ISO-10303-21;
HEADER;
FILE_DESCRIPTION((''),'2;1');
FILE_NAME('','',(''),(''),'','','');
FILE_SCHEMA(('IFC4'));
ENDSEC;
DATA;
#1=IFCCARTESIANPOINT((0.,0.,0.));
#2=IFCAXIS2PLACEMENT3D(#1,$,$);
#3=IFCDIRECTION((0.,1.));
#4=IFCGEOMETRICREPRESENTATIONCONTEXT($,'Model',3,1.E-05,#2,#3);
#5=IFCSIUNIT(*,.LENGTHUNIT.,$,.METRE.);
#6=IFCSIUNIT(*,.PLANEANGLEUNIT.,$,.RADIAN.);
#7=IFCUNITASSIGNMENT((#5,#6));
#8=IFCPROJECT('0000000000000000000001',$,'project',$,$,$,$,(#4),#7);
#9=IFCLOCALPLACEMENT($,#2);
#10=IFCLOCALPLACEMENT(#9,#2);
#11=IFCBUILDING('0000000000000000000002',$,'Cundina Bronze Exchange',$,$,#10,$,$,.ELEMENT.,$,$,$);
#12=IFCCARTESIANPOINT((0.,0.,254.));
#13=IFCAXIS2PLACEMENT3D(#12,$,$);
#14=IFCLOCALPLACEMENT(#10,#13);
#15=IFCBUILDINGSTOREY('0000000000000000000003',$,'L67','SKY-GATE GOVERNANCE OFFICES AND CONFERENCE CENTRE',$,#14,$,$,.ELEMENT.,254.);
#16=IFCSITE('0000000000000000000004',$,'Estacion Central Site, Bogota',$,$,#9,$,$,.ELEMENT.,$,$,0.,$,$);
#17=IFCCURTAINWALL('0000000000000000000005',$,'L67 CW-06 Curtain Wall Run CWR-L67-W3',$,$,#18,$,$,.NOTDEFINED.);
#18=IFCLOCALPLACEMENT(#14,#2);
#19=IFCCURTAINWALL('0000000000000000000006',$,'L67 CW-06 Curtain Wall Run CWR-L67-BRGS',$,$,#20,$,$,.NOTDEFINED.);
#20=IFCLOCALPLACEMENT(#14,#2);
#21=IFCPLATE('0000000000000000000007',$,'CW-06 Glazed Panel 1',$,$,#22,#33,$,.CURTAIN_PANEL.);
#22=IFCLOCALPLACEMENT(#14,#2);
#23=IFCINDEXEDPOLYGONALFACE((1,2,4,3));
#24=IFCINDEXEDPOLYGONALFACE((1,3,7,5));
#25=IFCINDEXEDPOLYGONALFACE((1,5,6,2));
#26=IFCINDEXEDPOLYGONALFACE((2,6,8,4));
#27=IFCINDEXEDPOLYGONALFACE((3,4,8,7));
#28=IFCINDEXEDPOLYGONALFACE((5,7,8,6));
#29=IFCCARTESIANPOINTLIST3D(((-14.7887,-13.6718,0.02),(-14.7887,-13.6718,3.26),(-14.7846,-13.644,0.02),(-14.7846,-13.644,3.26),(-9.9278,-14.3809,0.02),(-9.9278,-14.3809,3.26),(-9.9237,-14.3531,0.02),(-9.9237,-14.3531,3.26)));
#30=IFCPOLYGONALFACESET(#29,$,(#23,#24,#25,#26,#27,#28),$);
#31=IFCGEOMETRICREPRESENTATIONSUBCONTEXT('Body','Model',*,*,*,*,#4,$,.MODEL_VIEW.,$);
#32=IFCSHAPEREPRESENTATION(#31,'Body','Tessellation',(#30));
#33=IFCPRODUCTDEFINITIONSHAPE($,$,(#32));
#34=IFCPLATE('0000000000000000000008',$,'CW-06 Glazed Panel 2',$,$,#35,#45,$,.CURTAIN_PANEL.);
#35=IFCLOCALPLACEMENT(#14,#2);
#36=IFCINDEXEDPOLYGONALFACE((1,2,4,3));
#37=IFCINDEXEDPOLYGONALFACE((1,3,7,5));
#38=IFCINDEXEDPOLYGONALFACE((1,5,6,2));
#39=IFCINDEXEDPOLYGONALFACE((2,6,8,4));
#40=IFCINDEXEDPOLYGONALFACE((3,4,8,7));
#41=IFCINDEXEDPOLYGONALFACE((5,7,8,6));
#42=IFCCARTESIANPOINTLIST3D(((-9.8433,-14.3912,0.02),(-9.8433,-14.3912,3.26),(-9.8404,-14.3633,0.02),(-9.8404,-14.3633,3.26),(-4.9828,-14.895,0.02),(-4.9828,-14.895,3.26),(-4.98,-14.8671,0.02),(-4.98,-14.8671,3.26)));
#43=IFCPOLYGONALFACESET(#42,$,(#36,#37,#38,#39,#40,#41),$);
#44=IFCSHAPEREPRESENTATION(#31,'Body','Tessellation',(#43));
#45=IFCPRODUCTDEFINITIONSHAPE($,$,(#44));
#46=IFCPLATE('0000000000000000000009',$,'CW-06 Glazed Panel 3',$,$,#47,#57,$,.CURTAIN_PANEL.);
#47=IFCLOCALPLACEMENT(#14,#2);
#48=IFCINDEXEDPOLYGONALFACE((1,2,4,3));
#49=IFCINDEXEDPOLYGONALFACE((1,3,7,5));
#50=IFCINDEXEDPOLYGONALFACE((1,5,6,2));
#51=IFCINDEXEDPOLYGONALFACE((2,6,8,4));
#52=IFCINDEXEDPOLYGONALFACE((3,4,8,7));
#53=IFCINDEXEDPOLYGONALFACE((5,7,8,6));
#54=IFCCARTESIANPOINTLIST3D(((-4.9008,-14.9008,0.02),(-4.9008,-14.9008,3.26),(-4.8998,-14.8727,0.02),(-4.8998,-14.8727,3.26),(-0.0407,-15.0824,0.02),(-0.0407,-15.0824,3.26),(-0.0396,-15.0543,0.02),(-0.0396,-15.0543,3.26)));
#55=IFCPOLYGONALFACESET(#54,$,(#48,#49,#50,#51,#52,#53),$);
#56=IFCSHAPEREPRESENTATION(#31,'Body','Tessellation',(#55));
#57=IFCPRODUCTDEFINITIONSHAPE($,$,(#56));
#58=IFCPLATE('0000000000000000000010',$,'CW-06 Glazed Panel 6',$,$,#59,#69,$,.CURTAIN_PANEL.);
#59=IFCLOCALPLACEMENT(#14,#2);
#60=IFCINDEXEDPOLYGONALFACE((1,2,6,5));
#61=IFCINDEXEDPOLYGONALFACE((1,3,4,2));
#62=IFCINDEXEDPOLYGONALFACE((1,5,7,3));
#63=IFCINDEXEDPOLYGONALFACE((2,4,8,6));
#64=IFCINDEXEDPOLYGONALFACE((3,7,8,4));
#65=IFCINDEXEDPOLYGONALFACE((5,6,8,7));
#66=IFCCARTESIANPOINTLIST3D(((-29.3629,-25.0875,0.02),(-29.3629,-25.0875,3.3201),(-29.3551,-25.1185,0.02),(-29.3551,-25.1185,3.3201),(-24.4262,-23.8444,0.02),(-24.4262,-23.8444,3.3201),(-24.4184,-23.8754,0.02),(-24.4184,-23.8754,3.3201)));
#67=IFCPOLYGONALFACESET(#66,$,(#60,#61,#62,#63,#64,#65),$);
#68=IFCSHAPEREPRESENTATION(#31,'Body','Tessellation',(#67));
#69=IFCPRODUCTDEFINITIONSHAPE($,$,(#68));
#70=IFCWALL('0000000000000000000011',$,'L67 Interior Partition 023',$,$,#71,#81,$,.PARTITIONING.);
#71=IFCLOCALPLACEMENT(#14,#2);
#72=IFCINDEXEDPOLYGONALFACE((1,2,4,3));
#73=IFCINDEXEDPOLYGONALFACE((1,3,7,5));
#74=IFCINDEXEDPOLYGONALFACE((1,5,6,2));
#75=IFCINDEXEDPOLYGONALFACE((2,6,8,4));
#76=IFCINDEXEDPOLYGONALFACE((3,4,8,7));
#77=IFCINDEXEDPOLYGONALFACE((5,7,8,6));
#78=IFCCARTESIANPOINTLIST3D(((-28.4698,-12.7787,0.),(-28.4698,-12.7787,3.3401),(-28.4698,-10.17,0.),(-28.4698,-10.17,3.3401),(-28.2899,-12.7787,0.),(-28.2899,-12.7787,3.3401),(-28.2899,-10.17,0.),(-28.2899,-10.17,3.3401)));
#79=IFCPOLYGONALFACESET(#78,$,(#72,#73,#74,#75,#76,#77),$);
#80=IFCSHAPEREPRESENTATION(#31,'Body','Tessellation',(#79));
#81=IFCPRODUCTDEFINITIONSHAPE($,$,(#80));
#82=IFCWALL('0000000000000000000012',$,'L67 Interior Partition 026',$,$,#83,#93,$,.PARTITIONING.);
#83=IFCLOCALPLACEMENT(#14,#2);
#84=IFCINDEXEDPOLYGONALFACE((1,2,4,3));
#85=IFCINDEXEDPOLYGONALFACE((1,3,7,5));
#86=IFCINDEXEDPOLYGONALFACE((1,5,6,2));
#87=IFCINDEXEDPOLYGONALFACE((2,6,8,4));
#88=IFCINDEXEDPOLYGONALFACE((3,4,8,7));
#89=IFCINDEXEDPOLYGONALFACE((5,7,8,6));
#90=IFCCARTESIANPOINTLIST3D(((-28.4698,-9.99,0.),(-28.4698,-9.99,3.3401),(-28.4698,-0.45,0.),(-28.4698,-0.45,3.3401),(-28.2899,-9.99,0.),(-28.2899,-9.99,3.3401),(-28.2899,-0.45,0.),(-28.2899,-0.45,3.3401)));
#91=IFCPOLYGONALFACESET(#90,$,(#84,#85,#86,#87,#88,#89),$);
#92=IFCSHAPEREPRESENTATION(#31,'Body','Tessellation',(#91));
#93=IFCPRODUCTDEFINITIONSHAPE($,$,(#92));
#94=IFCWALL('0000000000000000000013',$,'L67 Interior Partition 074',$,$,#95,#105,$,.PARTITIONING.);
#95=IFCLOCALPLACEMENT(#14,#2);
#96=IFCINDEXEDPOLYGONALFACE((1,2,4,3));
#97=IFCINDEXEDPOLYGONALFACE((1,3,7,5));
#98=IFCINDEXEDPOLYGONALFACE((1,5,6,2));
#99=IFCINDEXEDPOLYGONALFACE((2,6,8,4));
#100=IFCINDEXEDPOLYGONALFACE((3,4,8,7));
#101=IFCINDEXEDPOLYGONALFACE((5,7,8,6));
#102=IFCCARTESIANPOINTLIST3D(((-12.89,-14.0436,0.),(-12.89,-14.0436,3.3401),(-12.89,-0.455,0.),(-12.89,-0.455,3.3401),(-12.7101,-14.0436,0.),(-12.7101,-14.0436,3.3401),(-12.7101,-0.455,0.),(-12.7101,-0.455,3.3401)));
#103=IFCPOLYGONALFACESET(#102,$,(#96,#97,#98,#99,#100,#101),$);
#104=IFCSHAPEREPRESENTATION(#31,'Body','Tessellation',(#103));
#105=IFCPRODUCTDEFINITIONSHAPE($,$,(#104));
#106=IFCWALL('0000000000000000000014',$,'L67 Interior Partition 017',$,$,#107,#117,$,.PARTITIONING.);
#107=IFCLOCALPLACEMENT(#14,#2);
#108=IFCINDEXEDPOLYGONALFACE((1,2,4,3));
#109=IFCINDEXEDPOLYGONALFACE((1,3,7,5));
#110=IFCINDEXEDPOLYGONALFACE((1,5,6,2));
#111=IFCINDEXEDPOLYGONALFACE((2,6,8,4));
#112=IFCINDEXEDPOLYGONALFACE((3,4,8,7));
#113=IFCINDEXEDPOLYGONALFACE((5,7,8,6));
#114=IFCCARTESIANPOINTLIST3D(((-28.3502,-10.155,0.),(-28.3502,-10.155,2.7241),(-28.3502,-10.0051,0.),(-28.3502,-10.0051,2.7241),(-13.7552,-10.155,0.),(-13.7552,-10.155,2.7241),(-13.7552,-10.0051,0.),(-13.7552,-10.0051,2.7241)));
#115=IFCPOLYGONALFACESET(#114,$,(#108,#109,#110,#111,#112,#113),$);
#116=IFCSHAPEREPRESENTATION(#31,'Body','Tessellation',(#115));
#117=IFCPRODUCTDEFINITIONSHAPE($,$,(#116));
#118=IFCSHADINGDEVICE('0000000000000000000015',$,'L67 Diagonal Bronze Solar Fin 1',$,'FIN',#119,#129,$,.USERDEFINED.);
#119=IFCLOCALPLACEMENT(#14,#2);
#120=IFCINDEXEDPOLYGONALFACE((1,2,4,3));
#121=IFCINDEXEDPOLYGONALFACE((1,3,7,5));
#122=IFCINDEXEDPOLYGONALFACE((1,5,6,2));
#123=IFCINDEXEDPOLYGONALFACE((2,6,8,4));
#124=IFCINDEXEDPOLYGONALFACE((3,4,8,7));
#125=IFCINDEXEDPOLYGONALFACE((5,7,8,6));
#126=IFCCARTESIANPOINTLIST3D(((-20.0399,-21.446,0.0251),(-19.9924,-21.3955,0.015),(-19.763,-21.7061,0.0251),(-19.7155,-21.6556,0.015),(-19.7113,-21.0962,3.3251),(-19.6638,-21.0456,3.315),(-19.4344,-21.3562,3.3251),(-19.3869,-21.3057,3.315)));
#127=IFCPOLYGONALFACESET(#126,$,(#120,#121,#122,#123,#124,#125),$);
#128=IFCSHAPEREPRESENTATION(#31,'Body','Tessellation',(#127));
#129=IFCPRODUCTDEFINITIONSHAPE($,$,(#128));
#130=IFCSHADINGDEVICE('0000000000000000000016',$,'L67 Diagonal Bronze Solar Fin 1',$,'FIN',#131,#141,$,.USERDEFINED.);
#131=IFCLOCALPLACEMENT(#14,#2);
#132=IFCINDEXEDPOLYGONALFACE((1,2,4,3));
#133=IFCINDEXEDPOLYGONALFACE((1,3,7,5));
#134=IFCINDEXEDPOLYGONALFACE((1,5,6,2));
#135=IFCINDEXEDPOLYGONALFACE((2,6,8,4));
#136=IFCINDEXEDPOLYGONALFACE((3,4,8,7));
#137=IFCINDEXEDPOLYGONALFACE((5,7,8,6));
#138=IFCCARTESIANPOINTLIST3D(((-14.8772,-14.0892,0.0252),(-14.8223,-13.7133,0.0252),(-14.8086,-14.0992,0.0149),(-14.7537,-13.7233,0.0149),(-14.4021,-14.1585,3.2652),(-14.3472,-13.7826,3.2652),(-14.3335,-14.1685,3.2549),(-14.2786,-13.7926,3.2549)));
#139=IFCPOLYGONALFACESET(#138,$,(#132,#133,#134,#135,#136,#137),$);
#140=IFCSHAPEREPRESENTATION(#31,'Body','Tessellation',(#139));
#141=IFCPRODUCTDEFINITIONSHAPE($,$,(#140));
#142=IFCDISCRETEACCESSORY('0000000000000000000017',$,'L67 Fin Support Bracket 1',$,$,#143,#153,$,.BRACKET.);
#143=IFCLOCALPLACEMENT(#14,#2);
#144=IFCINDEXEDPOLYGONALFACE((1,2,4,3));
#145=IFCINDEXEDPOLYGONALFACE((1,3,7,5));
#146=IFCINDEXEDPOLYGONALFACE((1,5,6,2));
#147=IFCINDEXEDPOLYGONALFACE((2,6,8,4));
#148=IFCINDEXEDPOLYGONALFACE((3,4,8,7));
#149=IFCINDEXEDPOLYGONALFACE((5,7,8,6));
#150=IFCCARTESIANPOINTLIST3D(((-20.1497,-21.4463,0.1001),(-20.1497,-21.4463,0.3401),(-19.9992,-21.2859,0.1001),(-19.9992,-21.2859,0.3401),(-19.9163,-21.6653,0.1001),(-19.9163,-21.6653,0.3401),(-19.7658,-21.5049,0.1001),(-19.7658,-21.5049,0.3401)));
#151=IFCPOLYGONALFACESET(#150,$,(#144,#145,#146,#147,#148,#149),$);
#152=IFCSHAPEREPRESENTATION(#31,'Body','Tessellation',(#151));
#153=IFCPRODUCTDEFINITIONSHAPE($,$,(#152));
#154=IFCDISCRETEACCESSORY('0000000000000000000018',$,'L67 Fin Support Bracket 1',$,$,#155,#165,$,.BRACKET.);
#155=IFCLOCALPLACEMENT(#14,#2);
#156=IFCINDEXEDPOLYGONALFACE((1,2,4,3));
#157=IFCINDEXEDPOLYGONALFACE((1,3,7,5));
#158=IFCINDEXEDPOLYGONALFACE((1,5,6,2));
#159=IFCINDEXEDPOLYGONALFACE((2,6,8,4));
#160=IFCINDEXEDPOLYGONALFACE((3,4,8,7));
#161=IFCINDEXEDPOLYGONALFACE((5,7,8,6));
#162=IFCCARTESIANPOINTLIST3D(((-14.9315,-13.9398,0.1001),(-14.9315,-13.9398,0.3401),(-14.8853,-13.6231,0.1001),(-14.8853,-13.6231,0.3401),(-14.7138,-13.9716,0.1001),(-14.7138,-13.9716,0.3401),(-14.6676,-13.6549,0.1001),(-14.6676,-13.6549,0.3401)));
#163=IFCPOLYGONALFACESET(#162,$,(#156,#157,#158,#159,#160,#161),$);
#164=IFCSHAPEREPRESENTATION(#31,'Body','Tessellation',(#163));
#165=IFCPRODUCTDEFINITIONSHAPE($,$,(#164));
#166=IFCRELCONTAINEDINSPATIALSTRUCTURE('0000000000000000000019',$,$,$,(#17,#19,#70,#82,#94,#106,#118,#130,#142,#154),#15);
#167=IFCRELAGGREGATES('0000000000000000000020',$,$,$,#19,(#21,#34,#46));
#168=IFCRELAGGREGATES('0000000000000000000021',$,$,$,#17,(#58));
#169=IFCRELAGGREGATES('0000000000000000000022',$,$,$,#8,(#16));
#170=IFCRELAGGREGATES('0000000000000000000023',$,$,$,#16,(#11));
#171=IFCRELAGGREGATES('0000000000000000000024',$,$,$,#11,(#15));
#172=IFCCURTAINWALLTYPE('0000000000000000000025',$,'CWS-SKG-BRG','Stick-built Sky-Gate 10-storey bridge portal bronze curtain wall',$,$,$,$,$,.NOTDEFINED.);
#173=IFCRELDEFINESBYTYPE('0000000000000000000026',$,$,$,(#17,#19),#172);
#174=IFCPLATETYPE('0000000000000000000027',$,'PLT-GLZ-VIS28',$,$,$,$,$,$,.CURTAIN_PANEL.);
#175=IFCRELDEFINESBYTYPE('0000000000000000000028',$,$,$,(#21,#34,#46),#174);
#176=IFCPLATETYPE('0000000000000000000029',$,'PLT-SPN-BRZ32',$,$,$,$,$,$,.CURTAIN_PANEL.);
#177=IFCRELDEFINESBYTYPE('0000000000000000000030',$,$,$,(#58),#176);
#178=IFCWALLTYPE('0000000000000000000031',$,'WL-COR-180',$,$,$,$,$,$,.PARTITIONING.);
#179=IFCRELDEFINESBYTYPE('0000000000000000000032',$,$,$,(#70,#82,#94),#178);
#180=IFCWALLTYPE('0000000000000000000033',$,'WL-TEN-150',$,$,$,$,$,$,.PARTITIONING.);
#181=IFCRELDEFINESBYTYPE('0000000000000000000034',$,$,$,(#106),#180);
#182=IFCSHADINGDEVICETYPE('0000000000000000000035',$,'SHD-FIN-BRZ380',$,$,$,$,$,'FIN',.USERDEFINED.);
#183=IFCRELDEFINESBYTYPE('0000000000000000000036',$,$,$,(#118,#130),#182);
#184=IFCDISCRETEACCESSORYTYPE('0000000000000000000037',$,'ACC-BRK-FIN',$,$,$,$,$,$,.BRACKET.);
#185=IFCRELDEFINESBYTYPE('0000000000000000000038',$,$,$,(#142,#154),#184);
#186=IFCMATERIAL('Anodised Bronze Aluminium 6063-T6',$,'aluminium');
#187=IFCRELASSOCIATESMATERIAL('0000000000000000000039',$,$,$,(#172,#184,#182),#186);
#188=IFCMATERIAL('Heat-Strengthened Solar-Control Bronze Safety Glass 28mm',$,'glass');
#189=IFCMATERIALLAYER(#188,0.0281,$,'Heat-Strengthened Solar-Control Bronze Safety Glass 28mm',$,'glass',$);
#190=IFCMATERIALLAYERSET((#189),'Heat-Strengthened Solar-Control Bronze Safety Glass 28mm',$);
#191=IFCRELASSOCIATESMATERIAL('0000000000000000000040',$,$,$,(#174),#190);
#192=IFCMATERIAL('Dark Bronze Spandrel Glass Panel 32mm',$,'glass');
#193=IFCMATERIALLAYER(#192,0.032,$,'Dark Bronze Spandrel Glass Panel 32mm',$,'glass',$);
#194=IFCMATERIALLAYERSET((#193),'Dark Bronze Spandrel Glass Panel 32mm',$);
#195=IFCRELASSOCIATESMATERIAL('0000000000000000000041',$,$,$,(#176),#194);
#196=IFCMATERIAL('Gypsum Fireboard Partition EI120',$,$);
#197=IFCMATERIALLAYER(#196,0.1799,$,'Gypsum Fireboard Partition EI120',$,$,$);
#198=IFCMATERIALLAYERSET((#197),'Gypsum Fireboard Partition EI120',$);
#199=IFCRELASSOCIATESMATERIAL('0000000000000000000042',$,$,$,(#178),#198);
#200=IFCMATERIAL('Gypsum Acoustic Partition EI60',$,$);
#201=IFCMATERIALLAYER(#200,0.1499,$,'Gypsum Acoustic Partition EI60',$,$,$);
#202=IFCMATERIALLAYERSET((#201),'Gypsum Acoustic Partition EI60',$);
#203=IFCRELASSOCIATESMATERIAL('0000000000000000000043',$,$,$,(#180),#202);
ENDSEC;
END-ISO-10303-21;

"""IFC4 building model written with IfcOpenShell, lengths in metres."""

from ifc_helpers import new_model, si_unit, direction, frame, frame_2d, origin, origin_2d, place, context, subcontext, project, spatial, rectangle, extrude, material, layer, layer_set, material_profile, profile_set, type_object, element, aggregate, save


model = new_model("IFC4")

# Units and contexts
model_context = context("Model", 3, precision=1e-05, world=origin(), true_north=direction((0.0, 1.0)))
body_context = subcontext(model_context, "Body", "Model", "MODEL_VIEW")
ifc_project = project(units=[si_unit("LENGTHUNIT", "METRE"), si_unit("PLANEANGLEUNIT", "RADIAN")], contexts=[model_context])

# Site, building, storey
site_placement = place(None, origin())
site = spatial("IfcSite", under=ifc_project, at=site_placement, Name="Estacion Central Site, Bogota", CompositionType="ELEMENT", RefElevation=0.0)
building_placement = place(site_placement, origin())
building = spatial("IfcBuilding", under=site, at=building_placement, Name="Cundina Bronze Exchange", CompositionType="ELEMENT")
storey_placement = place(building_placement, frame((0.0, 0.0, 254.0)))
storey = spatial("IfcBuildingStorey", under=building, at=storey_placement, Name="L67", Description="SKY-GATE GOVERNANCE OFFICES AND CONFERENCE CENTRE", CompositionType="ELEMENT", Elevation=254.0)

# Curtain walls
ifc_material_1 = material(Name="Anodised Bronze Aluminium 6063-T6", Category="aluminium")
curtain_wall_type = type_object("IfcCurtainWallType", Name="CWS-SKG-BRG", Description="Stick-built Sky-Gate 10-storey bridge portal bronze curtain wall", PredefinedType="NOTDEFINED", material=ifc_material_1)
curtain_wall_1_placement = place(storey_placement, origin())
curtain_wall_1 = element("IfcCurtainWall", 1, at=curtain_wall_1_placement, inside=storey, type_object=curtain_wall_type, Name="L67 CW-06 Curtain Wall Run CWR-L67-W3", PredefinedType="NOTDEFINED")
curtain_wall_2_placement = place(storey_placement, origin())
curtain_wall_2 = element("IfcCurtainWall", 2, at=curtain_wall_2_placement, inside=storey, type_object=curtain_wall_type, Name="L67 CW-06 Curtain Wall Run CWR-L67-BRGS", PredefinedType="NOTDEFINED")

# Plates
ifc_material_2 = material(Name="Heat-Strengthened Solar-Control Bronze Safety Glass 28mm", Category="glass")
ifc_layer_1 = layer(ifc_material_2, 0.0281, Name="Heat-Strengthened Solar-Control Bronze Safety Glass 28mm", Category="glass")
ifc_layer_set_1 = layer_set([ifc_layer_1], Name="Heat-Strengthened Solar-Control Bronze Safety Glass 28mm")
plate_type_1 = type_object("IfcPlateType", Name="PLT-GLZ-VIS28", PredefinedType="CURTAIN_PANEL", material=ifc_layer_set_1)
plate_1_placement = place(storey_placement, frame((-12.3562, -14.0125, 0.02), z_axis=(0.0, 0.0, 1.0), x_axis=(0.989528, -0.144339, 0.0)))
plate_1 = element("IfcPlate", 3, at=plate_1_placement, type_object=plate_type_1, Name="CW-06 Glazed Panel 1", PredefinedType="CURTAIN_PANEL", context=body_context, shape_type="SweptSolid", body=[
    extrude(rectangle(XDim=4.9124, YDim=0.0281, at=origin_2d()), origin(), (0.0, 0.0, 1.0), 3.24),
])
plate_2_placement = place(storey_placement, frame((-7.4116, -14.6292, 0.02), z_axis=(0.0, 0.0, 1.0), x_axis=(0.994672, -0.103088, 0.0)))
plate_2 = element("IfcPlate", 4, at=plate_2_placement, type_object=plate_type_1, Name="CW-06 Glazed Panel 2", PredefinedType="CURTAIN_PANEL", context=body_context, shape_type="SweptSolid", body=[
    extrude(rectangle(XDim=4.8865, YDim=0.0281, at=origin_2d()), origin(), (0.0, 0.0, 1.0), 3.24),
])
plate_3_placement = place(storey_placement, frame((-2.4702, -14.9775, 0.02), z_axis=(0.0, 0.0, 1.0), x_axis=(0.999303, -0.037341, 0.0)))
plate_3 = element("IfcPlate", 5, at=plate_3_placement, type_object=plate_type_1, Name="CW-06 Glazed Panel 3", PredefinedType="CURTAIN_PANEL", context=body_context, shape_type="SweptSolid", body=[
    extrude(rectangle(XDim=4.8635, YDim=0.0281, at=origin_2d()), origin(), (0.0, 0.0, 1.0), 3.24),
])
aggregate(curtain_wall_2, [plate_1, plate_2, plate_3])
ifc_material_3 = material(Name="Dark Bronze Spandrel Glass Panel 32mm", Category="glass")
ifc_layer_2 = layer(ifc_material_3, 0.032, Name="Dark Bronze Spandrel Glass Panel 32mm", Category="glass")
ifc_layer_set_2 = layer_set([ifc_layer_2], Name="Dark Bronze Spandrel Glass Panel 32mm")
plate_type_2 = type_object("IfcPlateType", Name="PLT-SPN-BRZ32", PredefinedType="CURTAIN_PANEL", material=ifc_layer_set_2)
plate_4_placement = place(storey_placement, frame((-26.8906, -24.4814, 0.02), z_axis=(0.0, 0.0, 1.0), x_axis=(0.969732, 0.244174, 0.0)))
plate_4 = element("IfcPlate", 6, at=plate_4_placement, type_object=plate_type_2, Name="CW-06 Glazed Panel 6", PredefinedType="CURTAIN_PANEL", context=body_context, shape_type="SweptSolid", body=[
    extrude(rectangle(XDim=5.0908, YDim=0.032, at=origin_2d()), origin(), (0.0, 0.0, 1.0), 3.3),
])
aggregate(curtain_wall_1, [plate_4])

# Walls
ifc_material_4 = material(Name="Gypsum Fireboard Partition EI120")
ifc_layer_3 = layer(ifc_material_4, 0.1799, Name="Gypsum Fireboard Partition EI120")
ifc_layer_set_3 = layer_set([ifc_layer_3], Name="Gypsum Fireboard Partition EI120")
wall_type_1 = type_object("IfcWallType", Name="WL-COR-180", PredefinedType="PARTITIONING", material=ifc_layer_set_3)
wall_1_placement = place(storey_placement, frame((-28.3799, -12.7786, 0.0), z_axis=(0.0, 0.0, 1.0), x_axis=(0.0, 1.0, 0.0)))
element("IfcWall", 7, at=wall_1_placement, inside=storey, type_object=wall_type_1, Name="L67 Interior Partition 023", PredefinedType="PARTITIONING", context=body_context, shape_type="SweptSolid", body=[
    extrude(rectangle(XDim=2.6086, YDim=0.1799, at=frame_2d((1.3042, 0.0))), origin(), (0.0, 0.0, 1.0), 3.3401),
])
wall_2_placement = place(storey_placement, frame((-28.3799, -9.99, 0.0), z_axis=(0.0, 0.0, 1.0), x_axis=(0.0, 1.0, 0.0)))
element("IfcWall", 8, at=wall_2_placement, inside=storey, type_object=wall_type_1, Name="L67 Interior Partition 026", PredefinedType="PARTITIONING", context=body_context, shape_type="SweptSolid", body=[
    extrude(rectangle(XDim=9.54, YDim=0.1799, at=frame_2d((4.77, 0.0))), origin(), (0.0, 0.0, 1.0), 3.3401),
])
wall_3_placement = place(storey_placement, frame((-12.8, -14.0437, 0.0), z_axis=(0.0, 0.0, 1.0), x_axis=(0.0, 1.0, 0.0)))
element("IfcWall", 9, at=wall_3_placement, inside=storey, type_object=wall_type_1, Name="L67 Interior Partition 074", PredefinedType="PARTITIONING", context=body_context, shape_type="SweptSolid", body=[
    extrude(rectangle(XDim=13.5886, YDim=0.1799, at=frame_2d((6.7944, 0.0))), origin(), (0.0, 0.0, 1.0), 3.3401),
])
ifc_material_5 = material(Name="Gypsum Acoustic Partition EI60")
ifc_layer_4 = layer(ifc_material_5, 0.1499, Name="Gypsum Acoustic Partition EI60")
ifc_layer_set_4 = layer_set([ifc_layer_4], Name="Gypsum Acoustic Partition EI60")
wall_type_2 = type_object("IfcWallType", Name="WL-TEN-150", PredefinedType="PARTITIONING", material=ifc_layer_set_4)
wall_4_placement = place(storey_placement, frame((-28.3501, -10.0801, 0.0), z_axis=(0.0, 0.0, 1.0), x_axis=(1.0, 0.0, 0.0)))
element("IfcWall", 10, at=wall_4_placement, inside=storey, type_object=wall_type_2, Name="L67 Interior Partition 017", PredefinedType="PARTITIONING", context=body_context, shape_type="SweptSolid", body=[
    extrude(rectangle(XDim=14.595, YDim=0.1499, at=frame_2d((7.2974, 0.0))), origin(), (0.0, 0.0, 1.0), 2.7241),
])

# Shading devices
ifc_material_profile_1 = material_profile(ifc_material_1, rectangle(XDim=0.0701, YDim=0.3799, at=origin_2d()), Name="FIN70X380", Category="aluminium")
ifc_profile_set_1 = profile_set([ifc_material_profile_1], Name="Anodised Bronze Aluminium 6063-T6")
shading_device_type = type_object("IfcShadingDeviceType", Name="SHD-FIN-BRZ380", ElementType="FIN", PredefinedType="USERDEFINED", material=ifc_profile_set_1)
shading_device_1_placement = place(storey_placement, frame((-19.8777, -21.5508, 0.02), z_axis=(0.098541, 0.104911, 0.989587), x_axis=(-0.677506, -0.721297, 0.143933)))
element("IfcShadingDevice", 11, at=shading_device_1_placement, inside=storey, type_object=shading_device_type, Name="L67 Diagonal Bronze Solar Fin 1", ObjectType="FIN", PredefinedType="USERDEFINED", context=body_context, shape_type="SweptSolid", body=[
    extrude(rectangle(XDim=0.0701, YDim=0.3799, at=origin_2d()), origin(), (0.0, 0.0, 1.0), 3.3347),
])
shading_device_2_placement = place(storey_placement, frame((-14.8154, -13.9062, 0.02), z_axis=(0.145052, -0.021169, 0.989198), x_axis=(-0.978829, 0.142851, 0.146588)))
element("IfcShadingDevice", 12, at=shading_device_2_placement, inside=storey, type_object=shading_device_type, Name="L67 Diagonal Bronze Solar Fin 1", ObjectType="FIN", PredefinedType="USERDEFINED", context=body_context, shape_type="SweptSolid", body=[
    extrude(rectangle(XDim=0.0701, YDim=0.3799, at=origin_2d()), origin(), (0.0, 0.0, 1.0), 3.2754),
])

# Discrete accessories
discrete_accessory_type = type_object("IfcDiscreteAccessoryType", Name="ACC-BRK-FIN", PredefinedType="BRACKET", material=ifc_material_1)
for number, where, z_axis, x_axis, name in (
    (13, (-19.9578, -21.4756, 0.1001), (0.0, 0.0, 1.0), (0.684344, 0.72916, 0.0), "L67 Fin Support Bracket 1"),
    (14, (-14.7996, -13.7974, 0.1001), (0.0, 0.0, 1.0), (0.989528, -0.144339, 0.0), "L67 Fin Support Bracket 1"),
):
    element("IfcDiscreteAccessory", number, at=place(storey_placement, frame(where, z_axis=z_axis, x_axis=x_axis)), inside=storey, type_object=discrete_accessory_type, Name=name, PredefinedType="BRACKET", context=body_context, shape_type="SweptSolid", body=[
        extrude(rectangle(XDim=0.22, YDim=0.3201, at=origin_2d()), origin(), (0.0, 0.0, 1.0), 0.24),
    ])

save(model, "model.ifc")
